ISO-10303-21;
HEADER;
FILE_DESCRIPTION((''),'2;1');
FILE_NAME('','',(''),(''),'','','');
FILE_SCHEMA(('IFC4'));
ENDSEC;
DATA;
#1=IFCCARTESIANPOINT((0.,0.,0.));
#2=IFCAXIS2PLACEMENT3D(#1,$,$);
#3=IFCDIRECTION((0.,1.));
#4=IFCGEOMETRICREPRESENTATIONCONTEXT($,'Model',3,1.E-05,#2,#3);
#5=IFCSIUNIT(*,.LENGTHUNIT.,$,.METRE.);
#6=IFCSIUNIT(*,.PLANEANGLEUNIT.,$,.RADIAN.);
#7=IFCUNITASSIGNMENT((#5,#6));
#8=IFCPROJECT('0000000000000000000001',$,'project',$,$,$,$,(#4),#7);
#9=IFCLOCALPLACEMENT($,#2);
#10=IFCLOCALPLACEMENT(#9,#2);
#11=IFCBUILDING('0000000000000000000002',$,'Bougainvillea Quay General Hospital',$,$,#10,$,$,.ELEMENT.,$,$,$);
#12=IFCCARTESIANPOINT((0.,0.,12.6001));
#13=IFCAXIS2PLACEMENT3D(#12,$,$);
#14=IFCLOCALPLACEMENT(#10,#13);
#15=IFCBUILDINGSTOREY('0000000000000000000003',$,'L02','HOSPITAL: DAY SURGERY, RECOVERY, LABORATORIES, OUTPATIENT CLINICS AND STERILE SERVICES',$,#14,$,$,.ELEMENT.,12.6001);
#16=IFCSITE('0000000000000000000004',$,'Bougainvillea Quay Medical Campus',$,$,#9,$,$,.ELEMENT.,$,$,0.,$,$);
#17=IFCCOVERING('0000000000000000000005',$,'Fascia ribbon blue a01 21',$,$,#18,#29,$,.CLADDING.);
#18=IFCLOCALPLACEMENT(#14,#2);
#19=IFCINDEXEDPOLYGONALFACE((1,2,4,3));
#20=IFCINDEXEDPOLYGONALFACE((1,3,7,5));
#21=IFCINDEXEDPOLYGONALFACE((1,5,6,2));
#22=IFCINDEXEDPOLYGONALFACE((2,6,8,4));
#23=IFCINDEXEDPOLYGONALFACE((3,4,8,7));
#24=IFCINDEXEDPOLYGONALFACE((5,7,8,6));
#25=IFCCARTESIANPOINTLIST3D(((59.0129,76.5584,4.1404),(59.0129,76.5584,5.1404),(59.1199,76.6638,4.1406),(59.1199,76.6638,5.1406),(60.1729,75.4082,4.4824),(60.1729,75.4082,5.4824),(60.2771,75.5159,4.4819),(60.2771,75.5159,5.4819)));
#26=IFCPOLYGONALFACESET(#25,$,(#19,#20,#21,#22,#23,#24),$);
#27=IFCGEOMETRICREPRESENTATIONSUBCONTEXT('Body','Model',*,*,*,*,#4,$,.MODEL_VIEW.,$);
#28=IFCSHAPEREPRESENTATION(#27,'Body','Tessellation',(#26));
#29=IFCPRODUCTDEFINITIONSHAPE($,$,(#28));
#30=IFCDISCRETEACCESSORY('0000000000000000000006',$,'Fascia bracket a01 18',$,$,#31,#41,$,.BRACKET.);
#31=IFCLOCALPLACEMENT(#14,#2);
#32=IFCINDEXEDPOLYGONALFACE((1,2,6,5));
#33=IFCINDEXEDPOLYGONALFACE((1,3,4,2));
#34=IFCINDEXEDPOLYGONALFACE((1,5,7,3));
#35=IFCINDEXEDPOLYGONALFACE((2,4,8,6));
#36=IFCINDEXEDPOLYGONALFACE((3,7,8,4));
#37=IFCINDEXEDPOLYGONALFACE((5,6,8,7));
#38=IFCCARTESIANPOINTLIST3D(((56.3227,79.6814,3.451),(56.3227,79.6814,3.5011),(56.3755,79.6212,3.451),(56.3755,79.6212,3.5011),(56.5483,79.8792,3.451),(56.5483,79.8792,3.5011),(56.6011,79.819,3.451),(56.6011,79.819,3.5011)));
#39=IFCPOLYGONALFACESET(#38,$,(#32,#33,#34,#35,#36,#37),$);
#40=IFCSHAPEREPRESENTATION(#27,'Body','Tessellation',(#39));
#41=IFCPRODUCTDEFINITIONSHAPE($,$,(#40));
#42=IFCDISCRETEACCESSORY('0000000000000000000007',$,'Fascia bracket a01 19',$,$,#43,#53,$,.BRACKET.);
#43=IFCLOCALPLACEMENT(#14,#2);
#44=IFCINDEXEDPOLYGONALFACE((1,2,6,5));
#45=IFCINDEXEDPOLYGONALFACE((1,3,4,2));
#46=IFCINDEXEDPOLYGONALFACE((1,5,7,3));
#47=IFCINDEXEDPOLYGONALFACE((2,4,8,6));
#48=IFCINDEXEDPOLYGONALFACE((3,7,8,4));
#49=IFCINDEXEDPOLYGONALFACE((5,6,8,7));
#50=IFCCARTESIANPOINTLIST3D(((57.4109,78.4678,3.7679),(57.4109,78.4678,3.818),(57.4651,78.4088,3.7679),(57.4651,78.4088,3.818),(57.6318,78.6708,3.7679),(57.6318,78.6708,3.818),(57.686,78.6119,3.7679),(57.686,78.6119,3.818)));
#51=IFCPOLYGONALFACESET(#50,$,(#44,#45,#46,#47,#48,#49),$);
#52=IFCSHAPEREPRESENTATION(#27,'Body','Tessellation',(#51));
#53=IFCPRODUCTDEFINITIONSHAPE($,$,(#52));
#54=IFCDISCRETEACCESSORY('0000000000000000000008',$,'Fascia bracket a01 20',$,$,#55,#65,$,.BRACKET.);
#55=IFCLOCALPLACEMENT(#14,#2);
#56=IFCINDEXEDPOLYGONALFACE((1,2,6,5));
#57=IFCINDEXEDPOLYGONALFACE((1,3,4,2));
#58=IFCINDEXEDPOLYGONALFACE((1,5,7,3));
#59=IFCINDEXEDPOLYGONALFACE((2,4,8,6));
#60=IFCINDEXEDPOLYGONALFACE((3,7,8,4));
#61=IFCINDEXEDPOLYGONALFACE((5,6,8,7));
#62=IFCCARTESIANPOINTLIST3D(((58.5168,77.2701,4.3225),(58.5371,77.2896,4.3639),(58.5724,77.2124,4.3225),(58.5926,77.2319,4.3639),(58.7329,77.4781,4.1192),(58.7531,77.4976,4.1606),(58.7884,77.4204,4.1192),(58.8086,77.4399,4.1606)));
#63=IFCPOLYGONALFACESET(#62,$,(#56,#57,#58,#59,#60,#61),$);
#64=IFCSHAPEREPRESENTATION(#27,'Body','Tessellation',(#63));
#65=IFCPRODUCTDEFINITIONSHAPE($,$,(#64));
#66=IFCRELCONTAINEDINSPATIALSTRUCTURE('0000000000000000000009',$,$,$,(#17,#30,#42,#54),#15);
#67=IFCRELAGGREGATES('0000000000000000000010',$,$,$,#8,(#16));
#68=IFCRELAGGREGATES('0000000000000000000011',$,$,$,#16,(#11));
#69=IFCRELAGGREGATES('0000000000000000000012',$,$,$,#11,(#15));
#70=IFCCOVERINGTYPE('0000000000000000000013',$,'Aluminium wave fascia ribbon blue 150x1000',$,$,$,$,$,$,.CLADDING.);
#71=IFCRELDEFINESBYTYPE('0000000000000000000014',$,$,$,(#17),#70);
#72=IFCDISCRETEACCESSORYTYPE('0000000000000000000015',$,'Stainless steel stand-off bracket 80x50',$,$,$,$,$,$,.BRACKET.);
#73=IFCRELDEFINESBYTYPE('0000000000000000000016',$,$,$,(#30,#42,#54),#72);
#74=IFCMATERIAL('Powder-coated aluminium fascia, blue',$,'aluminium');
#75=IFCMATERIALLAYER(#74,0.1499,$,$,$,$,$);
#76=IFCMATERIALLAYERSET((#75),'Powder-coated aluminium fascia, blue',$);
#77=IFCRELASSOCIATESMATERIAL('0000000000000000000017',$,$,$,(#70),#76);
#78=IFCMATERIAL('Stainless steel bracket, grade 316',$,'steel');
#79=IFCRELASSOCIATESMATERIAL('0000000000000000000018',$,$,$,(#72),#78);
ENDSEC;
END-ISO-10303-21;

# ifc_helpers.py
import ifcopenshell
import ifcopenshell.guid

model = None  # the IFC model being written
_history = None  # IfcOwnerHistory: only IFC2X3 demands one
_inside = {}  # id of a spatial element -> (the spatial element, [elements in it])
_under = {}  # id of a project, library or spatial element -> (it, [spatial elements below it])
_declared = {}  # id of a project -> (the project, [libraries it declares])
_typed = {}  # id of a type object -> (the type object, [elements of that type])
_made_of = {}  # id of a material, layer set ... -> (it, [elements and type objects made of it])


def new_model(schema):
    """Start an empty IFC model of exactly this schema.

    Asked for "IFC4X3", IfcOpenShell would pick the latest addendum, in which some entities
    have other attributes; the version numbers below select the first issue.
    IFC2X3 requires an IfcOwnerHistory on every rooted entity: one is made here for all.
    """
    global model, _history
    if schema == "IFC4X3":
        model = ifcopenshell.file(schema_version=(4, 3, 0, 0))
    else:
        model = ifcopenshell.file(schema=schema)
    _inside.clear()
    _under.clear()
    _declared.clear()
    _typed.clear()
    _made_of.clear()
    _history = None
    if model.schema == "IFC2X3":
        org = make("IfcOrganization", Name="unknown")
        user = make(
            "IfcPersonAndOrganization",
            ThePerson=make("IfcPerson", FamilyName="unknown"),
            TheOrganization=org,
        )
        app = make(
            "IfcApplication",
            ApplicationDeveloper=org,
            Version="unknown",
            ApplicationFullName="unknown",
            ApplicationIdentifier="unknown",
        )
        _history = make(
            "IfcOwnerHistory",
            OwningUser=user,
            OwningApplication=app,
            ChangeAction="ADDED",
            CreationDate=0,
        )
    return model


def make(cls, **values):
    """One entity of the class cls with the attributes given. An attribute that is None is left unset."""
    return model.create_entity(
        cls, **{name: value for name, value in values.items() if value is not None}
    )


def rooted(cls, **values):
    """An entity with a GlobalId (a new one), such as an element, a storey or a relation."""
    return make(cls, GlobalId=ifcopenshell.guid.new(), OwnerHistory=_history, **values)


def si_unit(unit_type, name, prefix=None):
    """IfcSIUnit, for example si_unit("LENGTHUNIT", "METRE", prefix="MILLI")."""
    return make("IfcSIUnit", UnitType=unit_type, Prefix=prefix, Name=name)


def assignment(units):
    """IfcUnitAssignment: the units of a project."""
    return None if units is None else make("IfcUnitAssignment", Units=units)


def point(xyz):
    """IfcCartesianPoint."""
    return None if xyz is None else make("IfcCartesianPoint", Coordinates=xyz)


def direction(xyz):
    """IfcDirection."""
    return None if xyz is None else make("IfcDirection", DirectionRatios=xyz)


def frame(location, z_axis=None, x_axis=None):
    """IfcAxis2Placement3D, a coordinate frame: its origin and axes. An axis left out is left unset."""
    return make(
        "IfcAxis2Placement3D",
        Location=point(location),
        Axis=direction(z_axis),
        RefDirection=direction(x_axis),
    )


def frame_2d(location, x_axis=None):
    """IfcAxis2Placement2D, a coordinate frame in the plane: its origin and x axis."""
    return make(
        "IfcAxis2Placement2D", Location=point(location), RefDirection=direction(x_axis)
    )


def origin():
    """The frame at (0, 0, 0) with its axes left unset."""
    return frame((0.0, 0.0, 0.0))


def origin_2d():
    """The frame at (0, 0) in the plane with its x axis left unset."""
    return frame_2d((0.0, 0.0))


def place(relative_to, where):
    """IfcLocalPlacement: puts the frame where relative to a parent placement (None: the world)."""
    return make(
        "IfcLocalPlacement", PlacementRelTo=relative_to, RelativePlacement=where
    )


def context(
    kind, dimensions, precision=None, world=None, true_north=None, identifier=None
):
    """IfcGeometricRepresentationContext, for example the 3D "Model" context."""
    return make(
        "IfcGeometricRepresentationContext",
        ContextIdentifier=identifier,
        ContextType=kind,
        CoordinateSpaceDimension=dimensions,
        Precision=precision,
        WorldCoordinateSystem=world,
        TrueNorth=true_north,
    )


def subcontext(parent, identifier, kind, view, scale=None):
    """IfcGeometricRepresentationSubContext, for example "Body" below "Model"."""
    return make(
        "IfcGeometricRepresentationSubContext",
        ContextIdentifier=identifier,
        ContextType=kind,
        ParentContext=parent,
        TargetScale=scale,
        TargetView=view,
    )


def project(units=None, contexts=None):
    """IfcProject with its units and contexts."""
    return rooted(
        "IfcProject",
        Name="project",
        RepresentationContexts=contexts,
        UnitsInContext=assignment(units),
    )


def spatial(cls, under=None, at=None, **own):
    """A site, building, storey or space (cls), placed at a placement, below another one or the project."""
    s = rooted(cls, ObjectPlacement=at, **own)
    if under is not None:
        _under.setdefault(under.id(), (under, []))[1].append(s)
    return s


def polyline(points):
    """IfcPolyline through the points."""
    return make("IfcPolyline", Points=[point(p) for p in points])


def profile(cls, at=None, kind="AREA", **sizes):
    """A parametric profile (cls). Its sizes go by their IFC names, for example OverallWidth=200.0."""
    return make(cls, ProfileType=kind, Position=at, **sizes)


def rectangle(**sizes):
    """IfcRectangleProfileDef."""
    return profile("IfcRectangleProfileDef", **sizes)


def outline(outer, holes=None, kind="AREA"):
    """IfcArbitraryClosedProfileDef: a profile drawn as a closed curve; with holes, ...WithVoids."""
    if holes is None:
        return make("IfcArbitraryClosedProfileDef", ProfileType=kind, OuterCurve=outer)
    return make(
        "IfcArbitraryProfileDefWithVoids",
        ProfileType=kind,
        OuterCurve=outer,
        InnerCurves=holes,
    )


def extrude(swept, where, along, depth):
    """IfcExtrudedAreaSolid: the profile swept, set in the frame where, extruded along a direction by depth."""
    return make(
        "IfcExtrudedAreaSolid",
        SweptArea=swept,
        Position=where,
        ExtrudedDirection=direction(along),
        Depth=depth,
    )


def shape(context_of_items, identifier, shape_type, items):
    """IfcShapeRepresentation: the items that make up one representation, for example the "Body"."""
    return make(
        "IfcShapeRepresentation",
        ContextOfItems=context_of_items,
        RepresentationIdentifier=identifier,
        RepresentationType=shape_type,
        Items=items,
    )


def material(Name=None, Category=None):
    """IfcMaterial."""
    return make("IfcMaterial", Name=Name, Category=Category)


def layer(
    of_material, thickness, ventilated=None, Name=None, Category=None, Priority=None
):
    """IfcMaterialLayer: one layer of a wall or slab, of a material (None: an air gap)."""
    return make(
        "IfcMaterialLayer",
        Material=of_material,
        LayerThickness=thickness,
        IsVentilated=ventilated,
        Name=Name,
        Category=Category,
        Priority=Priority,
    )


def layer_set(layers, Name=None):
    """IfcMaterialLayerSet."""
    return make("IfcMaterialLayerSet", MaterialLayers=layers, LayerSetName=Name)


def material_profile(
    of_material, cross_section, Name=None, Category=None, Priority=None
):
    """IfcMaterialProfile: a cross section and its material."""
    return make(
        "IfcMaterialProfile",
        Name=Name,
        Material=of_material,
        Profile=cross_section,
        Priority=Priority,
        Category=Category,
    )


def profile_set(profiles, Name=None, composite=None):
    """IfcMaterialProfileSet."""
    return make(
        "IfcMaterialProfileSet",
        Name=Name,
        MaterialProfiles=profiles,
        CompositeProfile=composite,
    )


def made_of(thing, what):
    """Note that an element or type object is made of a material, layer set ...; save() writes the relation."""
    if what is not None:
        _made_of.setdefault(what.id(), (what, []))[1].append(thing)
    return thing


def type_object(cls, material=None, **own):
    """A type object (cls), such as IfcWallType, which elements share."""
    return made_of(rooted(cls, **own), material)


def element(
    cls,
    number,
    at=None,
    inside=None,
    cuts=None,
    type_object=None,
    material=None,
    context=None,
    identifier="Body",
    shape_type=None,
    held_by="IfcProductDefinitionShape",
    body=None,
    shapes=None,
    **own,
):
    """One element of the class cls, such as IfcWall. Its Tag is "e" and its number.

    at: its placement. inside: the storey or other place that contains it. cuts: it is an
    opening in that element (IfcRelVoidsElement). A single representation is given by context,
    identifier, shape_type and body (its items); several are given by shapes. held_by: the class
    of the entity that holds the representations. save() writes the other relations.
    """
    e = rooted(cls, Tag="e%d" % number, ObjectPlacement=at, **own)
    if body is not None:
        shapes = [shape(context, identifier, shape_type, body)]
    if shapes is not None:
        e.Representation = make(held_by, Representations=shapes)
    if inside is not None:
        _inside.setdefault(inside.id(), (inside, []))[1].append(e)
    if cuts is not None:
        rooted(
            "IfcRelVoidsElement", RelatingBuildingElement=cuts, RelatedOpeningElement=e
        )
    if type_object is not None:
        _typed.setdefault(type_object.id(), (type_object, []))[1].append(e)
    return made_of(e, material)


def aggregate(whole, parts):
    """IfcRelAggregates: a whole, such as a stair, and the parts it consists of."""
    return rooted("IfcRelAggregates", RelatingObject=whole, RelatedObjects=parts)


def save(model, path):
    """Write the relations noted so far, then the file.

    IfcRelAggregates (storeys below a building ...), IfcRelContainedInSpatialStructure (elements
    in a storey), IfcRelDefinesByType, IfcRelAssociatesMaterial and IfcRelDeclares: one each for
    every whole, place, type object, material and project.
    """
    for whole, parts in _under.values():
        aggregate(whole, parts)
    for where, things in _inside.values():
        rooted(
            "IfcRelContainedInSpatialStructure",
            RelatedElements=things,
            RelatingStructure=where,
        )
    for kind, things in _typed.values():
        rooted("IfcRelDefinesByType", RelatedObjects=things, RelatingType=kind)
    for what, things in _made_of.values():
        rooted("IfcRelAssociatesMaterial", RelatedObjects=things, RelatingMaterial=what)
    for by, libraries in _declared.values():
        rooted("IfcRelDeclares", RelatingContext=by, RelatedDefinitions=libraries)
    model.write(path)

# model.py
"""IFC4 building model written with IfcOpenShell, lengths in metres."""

from ifc_helpers import new_model, si_unit, direction, frame, origin, origin_2d, place, context, subcontext, project, spatial, polyline, rectangle, outline, extrude, material, layer, layer_set, material_profile, profile_set, type_object, element, save


model = new_model("IFC4")

# Units and contexts
model_context = context("Model", 3, precision=1e-05, world=origin(), true_north=direction((0.0, 1.0)))
body_context = subcontext(model_context, "Body", "Model", "MODEL_VIEW")
ifc_project = project(units=[si_unit("LENGTHUNIT", "METRE"), si_unit("PLANEANGLEUNIT", "RADIAN")], contexts=[model_context])

# Site, building, storey
site_placement = place(None, origin())
site = spatial("IfcSite", under=ifc_project, at=site_placement, Name="Bougainvillea Quay Medical Campus", CompositionType="ELEMENT", RefElevation=0.0)
building_placement = place(site_placement, origin())
building = spatial("IfcBuilding", under=site, at=building_placement, Name="Bougainvillea Quay General Hospital", CompositionType="ELEMENT")
storey_placement = place(building_placement, frame((0.0, 0.0, 12.6001)))
storey = spatial("IfcBuildingStorey", under=building, at=storey_placement, Name="L02", Description="HOSPITAL: DAY SURGERY, RECOVERY, LABORATORIES, OUTPATIENT CLINICS AND STERILE SERVICES", CompositionType="ELEMENT", Elevation=12.6001)

# Covering
ifc_material_1 = material(Name="Powder-coated aluminium fascia, blue", Category="aluminium")
ifc_layer_1 = layer(ifc_material_1, 0.1499)
ifc_layer_set_1 = layer_set([ifc_layer_1], Name="Powder-coated aluminium fascia, blue")
covering_type = type_object("IfcCoveringType", Name="Aluminium wave fascia ribbon blue 150x1000", PredefinedType="CLADDING", material=ifc_layer_set_1)
covering_1_placement = place(storey_placement, frame((59.1199, 76.6638, 4.1406), z_axis=(-0.145024, 0.144817, 0.978773), x_axis=(0.694877, -0.689306, 0.204947)))
element("IfcCovering", 1, at=covering_1_placement, inside=storey, type_object=covering_type, Name="Fascia ribbon blue a01 21", PredefinedType="CLADDING", context=body_context, shape_type="SweptSolid", body=[
    extrude(outline(polyline([(0.0, 0.0), (1.6654, 0.0), (1.6672, -0.1499), (-0.0017, -0.1502), (0.0, 0.0)])), origin(), (0.204947, -0.000663, 0.978773), 1.0),
])

# Discrete accessories
ifc_material_2 = material(Name="Stainless steel bracket, grade 316", Category="steel")
ifc_material_profile_1 = material_profile(ifc_material_2, rectangle(XDim=0.0801, YDim=0.05, at=origin_2d()))
ifc_profile_set_1 = profile_set([ifc_material_profile_1], Name="Stainless steel bracket, grade 316")
discrete_accessory_type = type_object("IfcDiscreteAccessoryType", Name="Stainless steel stand-off bracket 80x50", PredefinedType="BRACKET", material=ifc_profile_set_1)
for number, where, z_axis, x_axis, name in (
    (2, (56.5747, 79.8491, 3.4761), (-0.751971, -0.659196, 0.0), (0.659196, -0.751971, 0.0), "Fascia bracket a01 18"),
    (3, (57.6589, 78.6414, 3.793), (-0.736174, -0.676792, 0.0), (0.676792, -0.736174, 0.0), "Fascia bracket a01 19"),
):
    element("IfcDiscreteAccessory", number, at=place(storey_placement, frame(where, z_axis=z_axis, x_axis=x_axis)), inside=storey, type_object=discrete_accessory_type, Name=name, PredefinedType="BRACKET", context=body_context, shape_type="SweptSolid", body=[
        extrude(rectangle(XDim=0.0801, YDim=0.05, at=origin_2d()), origin(), (0.0, 0.0, 1.0), 0.3),
    ])
discrete_accessory_placement = place(storey_placement, frame((58.7708, 77.459, 4.1399), z_axis=(-0.596258, -0.574025, 0.561224), x_axis=(0.693548, -0.720411, 0.0)))
element("IfcDiscreteAccessory", 4, at=discrete_accessory_placement, inside=storey, type_object=discrete_accessory_type, Name="Fascia bracket a01 20", PredefinedType="BRACKET", context=body_context, shape_type="SweptSolid", body=[
    extrude(rectangle(XDim=0.0801, YDim=0.05, at=origin_2d()), origin(), (0.0, 0.0, 1.0), 0.3623),
])

save(model, "model.ifc")
